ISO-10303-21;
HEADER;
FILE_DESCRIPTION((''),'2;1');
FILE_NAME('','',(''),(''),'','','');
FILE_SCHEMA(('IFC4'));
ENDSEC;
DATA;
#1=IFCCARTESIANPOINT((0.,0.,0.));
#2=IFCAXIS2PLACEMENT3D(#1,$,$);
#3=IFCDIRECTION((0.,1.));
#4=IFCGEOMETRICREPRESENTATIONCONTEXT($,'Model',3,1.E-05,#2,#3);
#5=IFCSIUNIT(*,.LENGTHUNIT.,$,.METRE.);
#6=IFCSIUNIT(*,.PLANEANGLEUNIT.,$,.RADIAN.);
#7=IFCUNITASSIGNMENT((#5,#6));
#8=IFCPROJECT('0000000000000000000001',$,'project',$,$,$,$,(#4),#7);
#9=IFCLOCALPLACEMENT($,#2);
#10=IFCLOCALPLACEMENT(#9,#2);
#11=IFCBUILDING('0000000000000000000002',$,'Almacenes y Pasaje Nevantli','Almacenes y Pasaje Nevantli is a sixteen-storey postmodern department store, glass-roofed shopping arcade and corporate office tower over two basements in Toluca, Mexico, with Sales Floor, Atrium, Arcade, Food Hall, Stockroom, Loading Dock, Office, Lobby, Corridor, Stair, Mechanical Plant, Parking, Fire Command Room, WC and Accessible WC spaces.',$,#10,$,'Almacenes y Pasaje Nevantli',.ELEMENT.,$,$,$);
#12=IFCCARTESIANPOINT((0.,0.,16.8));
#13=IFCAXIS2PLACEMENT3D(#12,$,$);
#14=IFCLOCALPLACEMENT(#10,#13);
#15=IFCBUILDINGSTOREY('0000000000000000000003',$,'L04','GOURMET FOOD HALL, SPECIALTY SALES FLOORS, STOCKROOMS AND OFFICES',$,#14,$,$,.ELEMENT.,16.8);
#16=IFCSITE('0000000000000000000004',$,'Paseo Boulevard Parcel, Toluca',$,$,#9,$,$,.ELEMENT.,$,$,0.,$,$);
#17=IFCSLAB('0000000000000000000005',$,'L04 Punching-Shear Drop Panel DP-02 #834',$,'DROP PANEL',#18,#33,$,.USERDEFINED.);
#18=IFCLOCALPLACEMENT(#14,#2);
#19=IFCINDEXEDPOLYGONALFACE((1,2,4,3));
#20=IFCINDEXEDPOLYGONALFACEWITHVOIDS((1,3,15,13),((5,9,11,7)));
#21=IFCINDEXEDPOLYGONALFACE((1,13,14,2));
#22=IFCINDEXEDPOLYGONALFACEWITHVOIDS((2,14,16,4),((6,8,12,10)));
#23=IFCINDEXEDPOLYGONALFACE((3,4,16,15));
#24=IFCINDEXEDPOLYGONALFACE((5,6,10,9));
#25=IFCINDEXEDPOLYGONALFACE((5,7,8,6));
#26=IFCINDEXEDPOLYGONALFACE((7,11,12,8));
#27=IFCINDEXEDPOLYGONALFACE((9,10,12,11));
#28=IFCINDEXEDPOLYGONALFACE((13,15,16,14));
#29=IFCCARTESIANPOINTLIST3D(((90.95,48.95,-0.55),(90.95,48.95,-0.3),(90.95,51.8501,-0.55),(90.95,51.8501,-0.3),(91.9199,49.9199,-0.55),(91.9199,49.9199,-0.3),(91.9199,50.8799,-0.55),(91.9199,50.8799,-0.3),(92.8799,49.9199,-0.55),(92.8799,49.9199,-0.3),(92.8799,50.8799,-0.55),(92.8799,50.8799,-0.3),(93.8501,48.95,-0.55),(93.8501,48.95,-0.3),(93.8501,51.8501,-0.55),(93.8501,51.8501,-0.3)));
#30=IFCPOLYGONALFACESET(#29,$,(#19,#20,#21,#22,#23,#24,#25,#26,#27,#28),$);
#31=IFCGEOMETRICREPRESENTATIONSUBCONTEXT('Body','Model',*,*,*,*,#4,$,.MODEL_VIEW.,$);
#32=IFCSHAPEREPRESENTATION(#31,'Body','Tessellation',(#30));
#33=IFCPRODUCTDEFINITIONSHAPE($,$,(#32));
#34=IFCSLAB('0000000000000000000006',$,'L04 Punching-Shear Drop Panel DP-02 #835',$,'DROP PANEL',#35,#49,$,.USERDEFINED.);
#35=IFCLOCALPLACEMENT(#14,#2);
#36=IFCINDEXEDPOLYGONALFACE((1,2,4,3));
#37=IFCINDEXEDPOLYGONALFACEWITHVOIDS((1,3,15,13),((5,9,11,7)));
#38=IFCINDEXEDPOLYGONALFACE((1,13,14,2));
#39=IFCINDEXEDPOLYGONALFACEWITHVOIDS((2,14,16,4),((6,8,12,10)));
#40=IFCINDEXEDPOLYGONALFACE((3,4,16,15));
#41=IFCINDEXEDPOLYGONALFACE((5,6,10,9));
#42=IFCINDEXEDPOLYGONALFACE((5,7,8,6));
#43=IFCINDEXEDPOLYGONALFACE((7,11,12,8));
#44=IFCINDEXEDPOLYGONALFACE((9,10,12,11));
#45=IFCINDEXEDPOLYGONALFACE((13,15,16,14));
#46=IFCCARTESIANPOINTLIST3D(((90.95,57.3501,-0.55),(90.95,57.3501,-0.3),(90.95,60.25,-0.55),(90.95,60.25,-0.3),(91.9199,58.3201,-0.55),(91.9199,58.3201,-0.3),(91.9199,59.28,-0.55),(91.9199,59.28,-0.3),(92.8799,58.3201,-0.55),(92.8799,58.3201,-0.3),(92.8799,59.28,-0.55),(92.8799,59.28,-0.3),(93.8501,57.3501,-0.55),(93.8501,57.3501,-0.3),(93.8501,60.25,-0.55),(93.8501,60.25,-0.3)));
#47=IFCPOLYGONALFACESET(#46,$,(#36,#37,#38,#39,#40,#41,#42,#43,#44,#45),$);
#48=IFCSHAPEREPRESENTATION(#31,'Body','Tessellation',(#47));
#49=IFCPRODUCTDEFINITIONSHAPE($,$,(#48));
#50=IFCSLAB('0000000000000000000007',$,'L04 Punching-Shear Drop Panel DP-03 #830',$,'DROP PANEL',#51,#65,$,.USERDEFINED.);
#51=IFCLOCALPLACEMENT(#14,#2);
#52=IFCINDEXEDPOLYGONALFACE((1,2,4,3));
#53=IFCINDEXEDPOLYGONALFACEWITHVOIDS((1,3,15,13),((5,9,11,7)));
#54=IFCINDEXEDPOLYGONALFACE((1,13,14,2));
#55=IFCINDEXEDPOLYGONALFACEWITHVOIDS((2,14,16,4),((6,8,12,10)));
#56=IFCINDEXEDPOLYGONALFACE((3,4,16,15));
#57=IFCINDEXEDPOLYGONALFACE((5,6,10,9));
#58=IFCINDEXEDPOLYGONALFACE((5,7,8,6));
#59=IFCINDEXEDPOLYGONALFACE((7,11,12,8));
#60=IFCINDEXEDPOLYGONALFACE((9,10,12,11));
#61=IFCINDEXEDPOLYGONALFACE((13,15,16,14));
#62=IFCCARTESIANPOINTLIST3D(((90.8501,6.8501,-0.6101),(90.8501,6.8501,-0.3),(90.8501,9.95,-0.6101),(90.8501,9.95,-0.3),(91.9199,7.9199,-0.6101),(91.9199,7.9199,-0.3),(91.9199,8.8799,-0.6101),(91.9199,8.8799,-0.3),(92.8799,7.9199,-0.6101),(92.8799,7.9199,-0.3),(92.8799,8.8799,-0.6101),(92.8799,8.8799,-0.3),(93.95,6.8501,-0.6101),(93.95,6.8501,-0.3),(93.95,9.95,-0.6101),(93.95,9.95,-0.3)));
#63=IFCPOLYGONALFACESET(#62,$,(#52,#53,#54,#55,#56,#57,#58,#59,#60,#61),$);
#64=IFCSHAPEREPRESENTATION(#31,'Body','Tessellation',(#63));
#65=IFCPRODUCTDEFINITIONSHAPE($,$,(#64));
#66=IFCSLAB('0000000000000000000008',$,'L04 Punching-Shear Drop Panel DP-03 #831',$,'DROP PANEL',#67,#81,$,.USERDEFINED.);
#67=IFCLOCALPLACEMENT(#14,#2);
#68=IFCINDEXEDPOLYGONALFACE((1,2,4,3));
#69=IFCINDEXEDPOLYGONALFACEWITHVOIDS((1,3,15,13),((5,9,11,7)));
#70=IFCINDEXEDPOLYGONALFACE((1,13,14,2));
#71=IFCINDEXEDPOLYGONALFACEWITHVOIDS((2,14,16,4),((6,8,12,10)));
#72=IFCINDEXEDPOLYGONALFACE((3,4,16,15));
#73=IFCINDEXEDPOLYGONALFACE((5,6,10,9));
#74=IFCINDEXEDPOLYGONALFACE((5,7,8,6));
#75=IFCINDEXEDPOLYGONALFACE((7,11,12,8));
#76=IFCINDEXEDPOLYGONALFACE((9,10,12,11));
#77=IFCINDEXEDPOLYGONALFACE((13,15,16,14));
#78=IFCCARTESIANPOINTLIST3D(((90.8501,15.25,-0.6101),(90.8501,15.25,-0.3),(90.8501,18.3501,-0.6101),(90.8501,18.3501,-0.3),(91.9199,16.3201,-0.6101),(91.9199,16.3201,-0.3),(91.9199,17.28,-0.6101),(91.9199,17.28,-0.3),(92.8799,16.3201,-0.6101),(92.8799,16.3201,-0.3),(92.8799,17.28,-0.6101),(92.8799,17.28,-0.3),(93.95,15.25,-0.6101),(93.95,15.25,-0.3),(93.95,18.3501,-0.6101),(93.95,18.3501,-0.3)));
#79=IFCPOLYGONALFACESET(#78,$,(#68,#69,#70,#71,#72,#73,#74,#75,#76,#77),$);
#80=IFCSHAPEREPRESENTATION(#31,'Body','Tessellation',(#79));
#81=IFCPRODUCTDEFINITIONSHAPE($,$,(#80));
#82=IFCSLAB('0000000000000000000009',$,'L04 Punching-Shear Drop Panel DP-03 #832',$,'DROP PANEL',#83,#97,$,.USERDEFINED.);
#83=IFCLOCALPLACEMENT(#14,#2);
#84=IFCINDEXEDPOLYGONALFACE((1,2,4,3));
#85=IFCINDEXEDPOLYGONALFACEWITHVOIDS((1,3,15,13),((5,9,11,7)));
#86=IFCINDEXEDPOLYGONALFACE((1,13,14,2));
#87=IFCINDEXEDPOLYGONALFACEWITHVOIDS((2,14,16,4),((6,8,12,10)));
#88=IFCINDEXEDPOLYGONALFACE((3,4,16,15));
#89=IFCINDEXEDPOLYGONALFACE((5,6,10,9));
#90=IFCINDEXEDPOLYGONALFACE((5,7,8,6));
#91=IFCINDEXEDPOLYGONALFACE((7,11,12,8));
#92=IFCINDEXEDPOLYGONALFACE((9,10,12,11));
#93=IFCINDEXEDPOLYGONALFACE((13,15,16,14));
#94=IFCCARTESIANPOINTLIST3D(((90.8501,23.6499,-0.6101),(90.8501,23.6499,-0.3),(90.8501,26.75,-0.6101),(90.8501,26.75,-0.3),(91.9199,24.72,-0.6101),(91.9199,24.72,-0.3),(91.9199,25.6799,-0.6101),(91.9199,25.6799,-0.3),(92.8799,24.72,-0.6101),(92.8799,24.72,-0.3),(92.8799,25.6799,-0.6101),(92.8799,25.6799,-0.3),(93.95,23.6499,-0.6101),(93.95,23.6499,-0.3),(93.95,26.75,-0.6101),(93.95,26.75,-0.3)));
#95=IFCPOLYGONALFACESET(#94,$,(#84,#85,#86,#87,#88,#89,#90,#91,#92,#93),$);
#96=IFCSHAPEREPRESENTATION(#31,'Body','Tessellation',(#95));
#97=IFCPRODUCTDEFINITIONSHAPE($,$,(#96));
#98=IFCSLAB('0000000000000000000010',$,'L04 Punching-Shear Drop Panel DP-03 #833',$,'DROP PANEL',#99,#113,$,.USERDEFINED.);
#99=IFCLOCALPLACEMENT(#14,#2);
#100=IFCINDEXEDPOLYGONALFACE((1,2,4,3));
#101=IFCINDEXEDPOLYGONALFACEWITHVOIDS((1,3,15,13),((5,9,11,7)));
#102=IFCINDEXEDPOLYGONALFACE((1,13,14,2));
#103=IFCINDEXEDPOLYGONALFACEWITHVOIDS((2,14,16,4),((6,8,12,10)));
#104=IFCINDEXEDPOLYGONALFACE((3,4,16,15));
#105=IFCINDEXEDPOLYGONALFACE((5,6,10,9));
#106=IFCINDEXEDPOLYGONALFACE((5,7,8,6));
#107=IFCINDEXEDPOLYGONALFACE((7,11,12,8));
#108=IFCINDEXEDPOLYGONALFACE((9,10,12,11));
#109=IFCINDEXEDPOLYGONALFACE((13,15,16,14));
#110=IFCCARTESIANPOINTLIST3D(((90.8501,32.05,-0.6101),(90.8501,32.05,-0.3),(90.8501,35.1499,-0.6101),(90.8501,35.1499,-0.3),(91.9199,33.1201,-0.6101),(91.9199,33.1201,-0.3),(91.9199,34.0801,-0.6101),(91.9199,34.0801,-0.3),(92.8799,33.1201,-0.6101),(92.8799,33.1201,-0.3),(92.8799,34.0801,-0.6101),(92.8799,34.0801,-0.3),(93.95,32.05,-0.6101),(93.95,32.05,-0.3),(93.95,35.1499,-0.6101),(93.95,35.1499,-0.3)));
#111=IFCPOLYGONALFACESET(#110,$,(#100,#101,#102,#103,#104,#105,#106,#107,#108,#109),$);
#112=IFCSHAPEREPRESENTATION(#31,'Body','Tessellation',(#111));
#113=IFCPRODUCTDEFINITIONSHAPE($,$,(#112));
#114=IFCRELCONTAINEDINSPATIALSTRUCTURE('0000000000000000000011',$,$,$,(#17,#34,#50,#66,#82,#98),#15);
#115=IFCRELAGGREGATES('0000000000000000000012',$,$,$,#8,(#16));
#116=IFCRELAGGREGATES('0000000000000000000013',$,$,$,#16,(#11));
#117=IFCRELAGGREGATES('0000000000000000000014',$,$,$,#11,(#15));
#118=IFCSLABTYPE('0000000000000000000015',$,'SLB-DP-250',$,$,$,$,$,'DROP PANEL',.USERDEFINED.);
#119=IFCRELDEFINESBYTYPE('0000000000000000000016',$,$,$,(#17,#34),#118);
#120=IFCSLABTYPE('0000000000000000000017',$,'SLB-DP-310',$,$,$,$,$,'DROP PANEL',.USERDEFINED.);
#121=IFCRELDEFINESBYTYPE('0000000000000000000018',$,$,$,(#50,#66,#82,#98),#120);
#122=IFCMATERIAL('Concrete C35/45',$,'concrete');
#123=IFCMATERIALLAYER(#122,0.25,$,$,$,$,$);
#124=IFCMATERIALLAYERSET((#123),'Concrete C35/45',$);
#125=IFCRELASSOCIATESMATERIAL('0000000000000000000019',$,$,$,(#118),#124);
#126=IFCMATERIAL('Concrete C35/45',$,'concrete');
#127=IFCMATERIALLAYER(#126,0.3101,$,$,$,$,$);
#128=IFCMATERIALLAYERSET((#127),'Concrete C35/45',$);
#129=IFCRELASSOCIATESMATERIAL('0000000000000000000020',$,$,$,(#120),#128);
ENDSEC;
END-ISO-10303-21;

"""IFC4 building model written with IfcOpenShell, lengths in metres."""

from ifc_helpers import new_model, si_unit, direction, frame, origin, place, context, subcontext, project, spatial, polyline, outline, extrude, material, layer, layer_set, type_object, element, save


model = new_model("IFC4")

# Units and contexts
model_context = context("Model", 3, precision=1e-05, world=origin(), true_north=direction((0.0, 1.0)))
body_context = subcontext(model_context, "Body", "Model", "MODEL_VIEW")
ifc_project = project(units=[si_unit("LENGTHUNIT", "METRE"), si_unit("PLANEANGLEUNIT", "RADIAN")], contexts=[model_context])

# Site, building, storey
site_placement = place(None, origin())
site = spatial("IfcSite", under=ifc_project, at=site_placement, Name="Paseo Boulevard Parcel, Toluca", CompositionType="ELEMENT", RefElevation=0.0)
building_placement = place(site_placement, origin())
building = spatial("IfcBuilding", under=site, at=building_placement, Name="Almacenes y Pasaje Nevantli", Description="Almacenes y Pasaje Nevantli is a sixteen-storey postmodern department store, glass-roofed shopping arcade and corporate office tower over two basements in Toluca, Mexico, with Sales Floor, Atrium, Arcade, Food Hall, Stockroom, Loading Dock, Office, Lobby, Corridor, Stair, Mechanical Plant, Parking, Fire Command Room, WC and Accessible WC spaces.", LongName="Almacenes y Pasaje Nevantli", CompositionType="ELEMENT")
storey_placement = place(building_placement, frame((0.0, 0.0, 16.8)))
storey = spatial("IfcBuildingStorey", under=building, at=storey_placement, Name="L04", Description="GOURMET FOOD HALL, SPECIALTY SALES FLOORS, STOCKROOMS AND OFFICES", CompositionType="ELEMENT", Elevation=16.8)

# Slabs
ifc_material_1 = material(Name="Concrete C35/45", Category="concrete")
ifc_layer_1 = layer(ifc_material_1, 0.25)
ifc_layer_set_1 = layer_set([ifc_layer_1], Name="Concrete C35/45")
slab_type_1 = type_object("IfcSlabType", Name="SLB-DP-250", ElementType="DROP PANEL", PredefinedType="USERDEFINED", material=ifc_layer_set_1)
slab_1_placement = place(storey_placement, frame((0.0, 0.0, -0.55)))
element("IfcSlab", 1, at=slab_1_placement, inside=storey, type_object=slab_type_1, Name="L04 Punching-Shear Drop Panel DP-02 #834", ObjectType="DROP PANEL", PredefinedType="USERDEFINED", context=body_context, shape_type="SweptSolid", body=[
    extrude(outline(polyline([(90.95, 48.95), (93.8501, 48.95), (93.8501, 51.8501), (90.95, 51.8501), (90.95, 48.95)]), holes=[polyline([(91.9199, 49.9199), (92.8799, 49.9199), (92.8799, 50.8799), (91.9199, 50.8799), (91.9199, 49.9199)])]), origin(), (0.0, 0.0, 1.0), 0.25),
])
slab_2_placement = place(storey_placement, frame((0.0, 0.0, -0.55)))
element("IfcSlab", 2, at=slab_2_placement, inside=storey, type_object=slab_type_1, Name="L04 Punching-Shear Drop Panel DP-02 #835", ObjectType="DROP PANEL", PredefinedType="USERDEFINED", context=body_context, shape_type="SweptSolid", body=[
    extrude(outline(polyline([(90.95, 57.3501), (93.8501, 57.3501), (93.8501, 60.25), (90.95, 60.25), (90.95, 57.3501)]), holes=[polyline([(91.9199, 58.3201), (92.8799, 58.3201), (92.8799, 59.28), (91.9199, 59.28), (91.9199, 58.3201)])]), origin(), (0.0, 0.0, 1.0), 0.25),
])
ifc_material_2 = material(Name="Concrete C35/45", Category="concrete")
ifc_layer_2 = layer(ifc_material_2, 0.3101)
ifc_layer_set_2 = layer_set([ifc_layer_2], Name="Concrete C35/45")
slab_type_2 = type_object("IfcSlabType", Name="SLB-DP-310", ElementType="DROP PANEL", PredefinedType="USERDEFINED", material=ifc_layer_set_2)
slab_3_placement = place(storey_placement, frame((0.0, 0.0, -0.6101)))
element("IfcSlab", 3, at=slab_3_placement, inside=storey, type_object=slab_type_2, Name="L04 Punching-Shear Drop Panel DP-03 #830", ObjectType="DROP PANEL", PredefinedType="USERDEFINED", context=body_context, shape_type="SweptSolid", body=[
    extrude(outline(polyline([(90.8501, 6.8501), (93.95, 6.8501), (93.95, 9.95), (90.8501, 9.95), (90.8501, 6.8501)]), holes=[polyline([(91.9199, 7.9199), (92.8799, 7.9199), (92.8799, 8.8799), (91.9199, 8.8799), (91.9199, 7.9199)])]), origin(), (0.0, 0.0, 1.0), 0.3101),
])
slab_4_placement = place(storey_placement, frame((0.0, 0.0, -0.6101)))
element("IfcSlab", 4, at=slab_4_placement, inside=storey, type_object=slab_type_2, Name="L04 Punching-Shear Drop Panel DP-03 #831", ObjectType="DROP PANEL", PredefinedType="USERDEFINED", context=body_context, shape_type="SweptSolid", body=[
    extrude(outline(polyline([(90.8501, 15.25), (93.95, 15.25), (93.95, 18.3501), (90.8501, 18.3501), (90.8501, 15.25)]), holes=[polyline([(91.9199, 16.3201), (92.8799, 16.3201), (92.8799, 17.28), (91.9199, 17.28), (91.9199, 16.3201)])]), origin(), (0.0, 0.0, 1.0), 0.3101),
])
slab_5_placement = place(storey_placement, frame((0.0, 0.0, -0.6101)))
element("IfcSlab", 5, at=slab_5_placement, inside=storey, type_object=slab_type_2, Name="L04 Punching-Shear Drop Panel DP-03 #832", ObjectType="DROP PANEL", PredefinedType="USERDEFINED", context=body_context, shape_type="SweptSolid", body=[
    extrude(outline(polyline([(90.8501, 23.6499), (93.95, 23.6499), (93.95, 26.75), (90.8501, 26.75), (90.8501, 23.6499)]), holes=[polyline([(91.9199, 24.72), (92.8799, 24.72), (92.8799, 25.6799), (91.9199, 25.6799), (91.9199, 24.72)])]), origin(), (0.0, 0.0, 1.0), 0.3101),
])
slab_6_placement = place(storey_placement, frame((0.0, 0.0, -0.6101)))
element("IfcSlab", 6, at=slab_6_placement, inside=storey, type_object=slab_type_2, Name="L04 Punching-Shear Drop Panel DP-03 #833", ObjectType="DROP PANEL", PredefinedType="USERDEFINED", context=body_context, shape_type="SweptSolid", body=[
    extrude(outline(polyline([(90.8501, 32.05), (93.95, 32.05), (93.95, 35.1499), (90.8501, 35.1499), (90.8501, 32.05)]), holes=[polyline([(91.9199, 33.1201), (92.8799, 33.1201), (92.8799, 34.0801), (91.9199, 34.0801), (91.9199, 33.1201)])]), origin(), (0.0, 0.0, 1.0), 0.3101),
])

save(model, "model.ifc")
